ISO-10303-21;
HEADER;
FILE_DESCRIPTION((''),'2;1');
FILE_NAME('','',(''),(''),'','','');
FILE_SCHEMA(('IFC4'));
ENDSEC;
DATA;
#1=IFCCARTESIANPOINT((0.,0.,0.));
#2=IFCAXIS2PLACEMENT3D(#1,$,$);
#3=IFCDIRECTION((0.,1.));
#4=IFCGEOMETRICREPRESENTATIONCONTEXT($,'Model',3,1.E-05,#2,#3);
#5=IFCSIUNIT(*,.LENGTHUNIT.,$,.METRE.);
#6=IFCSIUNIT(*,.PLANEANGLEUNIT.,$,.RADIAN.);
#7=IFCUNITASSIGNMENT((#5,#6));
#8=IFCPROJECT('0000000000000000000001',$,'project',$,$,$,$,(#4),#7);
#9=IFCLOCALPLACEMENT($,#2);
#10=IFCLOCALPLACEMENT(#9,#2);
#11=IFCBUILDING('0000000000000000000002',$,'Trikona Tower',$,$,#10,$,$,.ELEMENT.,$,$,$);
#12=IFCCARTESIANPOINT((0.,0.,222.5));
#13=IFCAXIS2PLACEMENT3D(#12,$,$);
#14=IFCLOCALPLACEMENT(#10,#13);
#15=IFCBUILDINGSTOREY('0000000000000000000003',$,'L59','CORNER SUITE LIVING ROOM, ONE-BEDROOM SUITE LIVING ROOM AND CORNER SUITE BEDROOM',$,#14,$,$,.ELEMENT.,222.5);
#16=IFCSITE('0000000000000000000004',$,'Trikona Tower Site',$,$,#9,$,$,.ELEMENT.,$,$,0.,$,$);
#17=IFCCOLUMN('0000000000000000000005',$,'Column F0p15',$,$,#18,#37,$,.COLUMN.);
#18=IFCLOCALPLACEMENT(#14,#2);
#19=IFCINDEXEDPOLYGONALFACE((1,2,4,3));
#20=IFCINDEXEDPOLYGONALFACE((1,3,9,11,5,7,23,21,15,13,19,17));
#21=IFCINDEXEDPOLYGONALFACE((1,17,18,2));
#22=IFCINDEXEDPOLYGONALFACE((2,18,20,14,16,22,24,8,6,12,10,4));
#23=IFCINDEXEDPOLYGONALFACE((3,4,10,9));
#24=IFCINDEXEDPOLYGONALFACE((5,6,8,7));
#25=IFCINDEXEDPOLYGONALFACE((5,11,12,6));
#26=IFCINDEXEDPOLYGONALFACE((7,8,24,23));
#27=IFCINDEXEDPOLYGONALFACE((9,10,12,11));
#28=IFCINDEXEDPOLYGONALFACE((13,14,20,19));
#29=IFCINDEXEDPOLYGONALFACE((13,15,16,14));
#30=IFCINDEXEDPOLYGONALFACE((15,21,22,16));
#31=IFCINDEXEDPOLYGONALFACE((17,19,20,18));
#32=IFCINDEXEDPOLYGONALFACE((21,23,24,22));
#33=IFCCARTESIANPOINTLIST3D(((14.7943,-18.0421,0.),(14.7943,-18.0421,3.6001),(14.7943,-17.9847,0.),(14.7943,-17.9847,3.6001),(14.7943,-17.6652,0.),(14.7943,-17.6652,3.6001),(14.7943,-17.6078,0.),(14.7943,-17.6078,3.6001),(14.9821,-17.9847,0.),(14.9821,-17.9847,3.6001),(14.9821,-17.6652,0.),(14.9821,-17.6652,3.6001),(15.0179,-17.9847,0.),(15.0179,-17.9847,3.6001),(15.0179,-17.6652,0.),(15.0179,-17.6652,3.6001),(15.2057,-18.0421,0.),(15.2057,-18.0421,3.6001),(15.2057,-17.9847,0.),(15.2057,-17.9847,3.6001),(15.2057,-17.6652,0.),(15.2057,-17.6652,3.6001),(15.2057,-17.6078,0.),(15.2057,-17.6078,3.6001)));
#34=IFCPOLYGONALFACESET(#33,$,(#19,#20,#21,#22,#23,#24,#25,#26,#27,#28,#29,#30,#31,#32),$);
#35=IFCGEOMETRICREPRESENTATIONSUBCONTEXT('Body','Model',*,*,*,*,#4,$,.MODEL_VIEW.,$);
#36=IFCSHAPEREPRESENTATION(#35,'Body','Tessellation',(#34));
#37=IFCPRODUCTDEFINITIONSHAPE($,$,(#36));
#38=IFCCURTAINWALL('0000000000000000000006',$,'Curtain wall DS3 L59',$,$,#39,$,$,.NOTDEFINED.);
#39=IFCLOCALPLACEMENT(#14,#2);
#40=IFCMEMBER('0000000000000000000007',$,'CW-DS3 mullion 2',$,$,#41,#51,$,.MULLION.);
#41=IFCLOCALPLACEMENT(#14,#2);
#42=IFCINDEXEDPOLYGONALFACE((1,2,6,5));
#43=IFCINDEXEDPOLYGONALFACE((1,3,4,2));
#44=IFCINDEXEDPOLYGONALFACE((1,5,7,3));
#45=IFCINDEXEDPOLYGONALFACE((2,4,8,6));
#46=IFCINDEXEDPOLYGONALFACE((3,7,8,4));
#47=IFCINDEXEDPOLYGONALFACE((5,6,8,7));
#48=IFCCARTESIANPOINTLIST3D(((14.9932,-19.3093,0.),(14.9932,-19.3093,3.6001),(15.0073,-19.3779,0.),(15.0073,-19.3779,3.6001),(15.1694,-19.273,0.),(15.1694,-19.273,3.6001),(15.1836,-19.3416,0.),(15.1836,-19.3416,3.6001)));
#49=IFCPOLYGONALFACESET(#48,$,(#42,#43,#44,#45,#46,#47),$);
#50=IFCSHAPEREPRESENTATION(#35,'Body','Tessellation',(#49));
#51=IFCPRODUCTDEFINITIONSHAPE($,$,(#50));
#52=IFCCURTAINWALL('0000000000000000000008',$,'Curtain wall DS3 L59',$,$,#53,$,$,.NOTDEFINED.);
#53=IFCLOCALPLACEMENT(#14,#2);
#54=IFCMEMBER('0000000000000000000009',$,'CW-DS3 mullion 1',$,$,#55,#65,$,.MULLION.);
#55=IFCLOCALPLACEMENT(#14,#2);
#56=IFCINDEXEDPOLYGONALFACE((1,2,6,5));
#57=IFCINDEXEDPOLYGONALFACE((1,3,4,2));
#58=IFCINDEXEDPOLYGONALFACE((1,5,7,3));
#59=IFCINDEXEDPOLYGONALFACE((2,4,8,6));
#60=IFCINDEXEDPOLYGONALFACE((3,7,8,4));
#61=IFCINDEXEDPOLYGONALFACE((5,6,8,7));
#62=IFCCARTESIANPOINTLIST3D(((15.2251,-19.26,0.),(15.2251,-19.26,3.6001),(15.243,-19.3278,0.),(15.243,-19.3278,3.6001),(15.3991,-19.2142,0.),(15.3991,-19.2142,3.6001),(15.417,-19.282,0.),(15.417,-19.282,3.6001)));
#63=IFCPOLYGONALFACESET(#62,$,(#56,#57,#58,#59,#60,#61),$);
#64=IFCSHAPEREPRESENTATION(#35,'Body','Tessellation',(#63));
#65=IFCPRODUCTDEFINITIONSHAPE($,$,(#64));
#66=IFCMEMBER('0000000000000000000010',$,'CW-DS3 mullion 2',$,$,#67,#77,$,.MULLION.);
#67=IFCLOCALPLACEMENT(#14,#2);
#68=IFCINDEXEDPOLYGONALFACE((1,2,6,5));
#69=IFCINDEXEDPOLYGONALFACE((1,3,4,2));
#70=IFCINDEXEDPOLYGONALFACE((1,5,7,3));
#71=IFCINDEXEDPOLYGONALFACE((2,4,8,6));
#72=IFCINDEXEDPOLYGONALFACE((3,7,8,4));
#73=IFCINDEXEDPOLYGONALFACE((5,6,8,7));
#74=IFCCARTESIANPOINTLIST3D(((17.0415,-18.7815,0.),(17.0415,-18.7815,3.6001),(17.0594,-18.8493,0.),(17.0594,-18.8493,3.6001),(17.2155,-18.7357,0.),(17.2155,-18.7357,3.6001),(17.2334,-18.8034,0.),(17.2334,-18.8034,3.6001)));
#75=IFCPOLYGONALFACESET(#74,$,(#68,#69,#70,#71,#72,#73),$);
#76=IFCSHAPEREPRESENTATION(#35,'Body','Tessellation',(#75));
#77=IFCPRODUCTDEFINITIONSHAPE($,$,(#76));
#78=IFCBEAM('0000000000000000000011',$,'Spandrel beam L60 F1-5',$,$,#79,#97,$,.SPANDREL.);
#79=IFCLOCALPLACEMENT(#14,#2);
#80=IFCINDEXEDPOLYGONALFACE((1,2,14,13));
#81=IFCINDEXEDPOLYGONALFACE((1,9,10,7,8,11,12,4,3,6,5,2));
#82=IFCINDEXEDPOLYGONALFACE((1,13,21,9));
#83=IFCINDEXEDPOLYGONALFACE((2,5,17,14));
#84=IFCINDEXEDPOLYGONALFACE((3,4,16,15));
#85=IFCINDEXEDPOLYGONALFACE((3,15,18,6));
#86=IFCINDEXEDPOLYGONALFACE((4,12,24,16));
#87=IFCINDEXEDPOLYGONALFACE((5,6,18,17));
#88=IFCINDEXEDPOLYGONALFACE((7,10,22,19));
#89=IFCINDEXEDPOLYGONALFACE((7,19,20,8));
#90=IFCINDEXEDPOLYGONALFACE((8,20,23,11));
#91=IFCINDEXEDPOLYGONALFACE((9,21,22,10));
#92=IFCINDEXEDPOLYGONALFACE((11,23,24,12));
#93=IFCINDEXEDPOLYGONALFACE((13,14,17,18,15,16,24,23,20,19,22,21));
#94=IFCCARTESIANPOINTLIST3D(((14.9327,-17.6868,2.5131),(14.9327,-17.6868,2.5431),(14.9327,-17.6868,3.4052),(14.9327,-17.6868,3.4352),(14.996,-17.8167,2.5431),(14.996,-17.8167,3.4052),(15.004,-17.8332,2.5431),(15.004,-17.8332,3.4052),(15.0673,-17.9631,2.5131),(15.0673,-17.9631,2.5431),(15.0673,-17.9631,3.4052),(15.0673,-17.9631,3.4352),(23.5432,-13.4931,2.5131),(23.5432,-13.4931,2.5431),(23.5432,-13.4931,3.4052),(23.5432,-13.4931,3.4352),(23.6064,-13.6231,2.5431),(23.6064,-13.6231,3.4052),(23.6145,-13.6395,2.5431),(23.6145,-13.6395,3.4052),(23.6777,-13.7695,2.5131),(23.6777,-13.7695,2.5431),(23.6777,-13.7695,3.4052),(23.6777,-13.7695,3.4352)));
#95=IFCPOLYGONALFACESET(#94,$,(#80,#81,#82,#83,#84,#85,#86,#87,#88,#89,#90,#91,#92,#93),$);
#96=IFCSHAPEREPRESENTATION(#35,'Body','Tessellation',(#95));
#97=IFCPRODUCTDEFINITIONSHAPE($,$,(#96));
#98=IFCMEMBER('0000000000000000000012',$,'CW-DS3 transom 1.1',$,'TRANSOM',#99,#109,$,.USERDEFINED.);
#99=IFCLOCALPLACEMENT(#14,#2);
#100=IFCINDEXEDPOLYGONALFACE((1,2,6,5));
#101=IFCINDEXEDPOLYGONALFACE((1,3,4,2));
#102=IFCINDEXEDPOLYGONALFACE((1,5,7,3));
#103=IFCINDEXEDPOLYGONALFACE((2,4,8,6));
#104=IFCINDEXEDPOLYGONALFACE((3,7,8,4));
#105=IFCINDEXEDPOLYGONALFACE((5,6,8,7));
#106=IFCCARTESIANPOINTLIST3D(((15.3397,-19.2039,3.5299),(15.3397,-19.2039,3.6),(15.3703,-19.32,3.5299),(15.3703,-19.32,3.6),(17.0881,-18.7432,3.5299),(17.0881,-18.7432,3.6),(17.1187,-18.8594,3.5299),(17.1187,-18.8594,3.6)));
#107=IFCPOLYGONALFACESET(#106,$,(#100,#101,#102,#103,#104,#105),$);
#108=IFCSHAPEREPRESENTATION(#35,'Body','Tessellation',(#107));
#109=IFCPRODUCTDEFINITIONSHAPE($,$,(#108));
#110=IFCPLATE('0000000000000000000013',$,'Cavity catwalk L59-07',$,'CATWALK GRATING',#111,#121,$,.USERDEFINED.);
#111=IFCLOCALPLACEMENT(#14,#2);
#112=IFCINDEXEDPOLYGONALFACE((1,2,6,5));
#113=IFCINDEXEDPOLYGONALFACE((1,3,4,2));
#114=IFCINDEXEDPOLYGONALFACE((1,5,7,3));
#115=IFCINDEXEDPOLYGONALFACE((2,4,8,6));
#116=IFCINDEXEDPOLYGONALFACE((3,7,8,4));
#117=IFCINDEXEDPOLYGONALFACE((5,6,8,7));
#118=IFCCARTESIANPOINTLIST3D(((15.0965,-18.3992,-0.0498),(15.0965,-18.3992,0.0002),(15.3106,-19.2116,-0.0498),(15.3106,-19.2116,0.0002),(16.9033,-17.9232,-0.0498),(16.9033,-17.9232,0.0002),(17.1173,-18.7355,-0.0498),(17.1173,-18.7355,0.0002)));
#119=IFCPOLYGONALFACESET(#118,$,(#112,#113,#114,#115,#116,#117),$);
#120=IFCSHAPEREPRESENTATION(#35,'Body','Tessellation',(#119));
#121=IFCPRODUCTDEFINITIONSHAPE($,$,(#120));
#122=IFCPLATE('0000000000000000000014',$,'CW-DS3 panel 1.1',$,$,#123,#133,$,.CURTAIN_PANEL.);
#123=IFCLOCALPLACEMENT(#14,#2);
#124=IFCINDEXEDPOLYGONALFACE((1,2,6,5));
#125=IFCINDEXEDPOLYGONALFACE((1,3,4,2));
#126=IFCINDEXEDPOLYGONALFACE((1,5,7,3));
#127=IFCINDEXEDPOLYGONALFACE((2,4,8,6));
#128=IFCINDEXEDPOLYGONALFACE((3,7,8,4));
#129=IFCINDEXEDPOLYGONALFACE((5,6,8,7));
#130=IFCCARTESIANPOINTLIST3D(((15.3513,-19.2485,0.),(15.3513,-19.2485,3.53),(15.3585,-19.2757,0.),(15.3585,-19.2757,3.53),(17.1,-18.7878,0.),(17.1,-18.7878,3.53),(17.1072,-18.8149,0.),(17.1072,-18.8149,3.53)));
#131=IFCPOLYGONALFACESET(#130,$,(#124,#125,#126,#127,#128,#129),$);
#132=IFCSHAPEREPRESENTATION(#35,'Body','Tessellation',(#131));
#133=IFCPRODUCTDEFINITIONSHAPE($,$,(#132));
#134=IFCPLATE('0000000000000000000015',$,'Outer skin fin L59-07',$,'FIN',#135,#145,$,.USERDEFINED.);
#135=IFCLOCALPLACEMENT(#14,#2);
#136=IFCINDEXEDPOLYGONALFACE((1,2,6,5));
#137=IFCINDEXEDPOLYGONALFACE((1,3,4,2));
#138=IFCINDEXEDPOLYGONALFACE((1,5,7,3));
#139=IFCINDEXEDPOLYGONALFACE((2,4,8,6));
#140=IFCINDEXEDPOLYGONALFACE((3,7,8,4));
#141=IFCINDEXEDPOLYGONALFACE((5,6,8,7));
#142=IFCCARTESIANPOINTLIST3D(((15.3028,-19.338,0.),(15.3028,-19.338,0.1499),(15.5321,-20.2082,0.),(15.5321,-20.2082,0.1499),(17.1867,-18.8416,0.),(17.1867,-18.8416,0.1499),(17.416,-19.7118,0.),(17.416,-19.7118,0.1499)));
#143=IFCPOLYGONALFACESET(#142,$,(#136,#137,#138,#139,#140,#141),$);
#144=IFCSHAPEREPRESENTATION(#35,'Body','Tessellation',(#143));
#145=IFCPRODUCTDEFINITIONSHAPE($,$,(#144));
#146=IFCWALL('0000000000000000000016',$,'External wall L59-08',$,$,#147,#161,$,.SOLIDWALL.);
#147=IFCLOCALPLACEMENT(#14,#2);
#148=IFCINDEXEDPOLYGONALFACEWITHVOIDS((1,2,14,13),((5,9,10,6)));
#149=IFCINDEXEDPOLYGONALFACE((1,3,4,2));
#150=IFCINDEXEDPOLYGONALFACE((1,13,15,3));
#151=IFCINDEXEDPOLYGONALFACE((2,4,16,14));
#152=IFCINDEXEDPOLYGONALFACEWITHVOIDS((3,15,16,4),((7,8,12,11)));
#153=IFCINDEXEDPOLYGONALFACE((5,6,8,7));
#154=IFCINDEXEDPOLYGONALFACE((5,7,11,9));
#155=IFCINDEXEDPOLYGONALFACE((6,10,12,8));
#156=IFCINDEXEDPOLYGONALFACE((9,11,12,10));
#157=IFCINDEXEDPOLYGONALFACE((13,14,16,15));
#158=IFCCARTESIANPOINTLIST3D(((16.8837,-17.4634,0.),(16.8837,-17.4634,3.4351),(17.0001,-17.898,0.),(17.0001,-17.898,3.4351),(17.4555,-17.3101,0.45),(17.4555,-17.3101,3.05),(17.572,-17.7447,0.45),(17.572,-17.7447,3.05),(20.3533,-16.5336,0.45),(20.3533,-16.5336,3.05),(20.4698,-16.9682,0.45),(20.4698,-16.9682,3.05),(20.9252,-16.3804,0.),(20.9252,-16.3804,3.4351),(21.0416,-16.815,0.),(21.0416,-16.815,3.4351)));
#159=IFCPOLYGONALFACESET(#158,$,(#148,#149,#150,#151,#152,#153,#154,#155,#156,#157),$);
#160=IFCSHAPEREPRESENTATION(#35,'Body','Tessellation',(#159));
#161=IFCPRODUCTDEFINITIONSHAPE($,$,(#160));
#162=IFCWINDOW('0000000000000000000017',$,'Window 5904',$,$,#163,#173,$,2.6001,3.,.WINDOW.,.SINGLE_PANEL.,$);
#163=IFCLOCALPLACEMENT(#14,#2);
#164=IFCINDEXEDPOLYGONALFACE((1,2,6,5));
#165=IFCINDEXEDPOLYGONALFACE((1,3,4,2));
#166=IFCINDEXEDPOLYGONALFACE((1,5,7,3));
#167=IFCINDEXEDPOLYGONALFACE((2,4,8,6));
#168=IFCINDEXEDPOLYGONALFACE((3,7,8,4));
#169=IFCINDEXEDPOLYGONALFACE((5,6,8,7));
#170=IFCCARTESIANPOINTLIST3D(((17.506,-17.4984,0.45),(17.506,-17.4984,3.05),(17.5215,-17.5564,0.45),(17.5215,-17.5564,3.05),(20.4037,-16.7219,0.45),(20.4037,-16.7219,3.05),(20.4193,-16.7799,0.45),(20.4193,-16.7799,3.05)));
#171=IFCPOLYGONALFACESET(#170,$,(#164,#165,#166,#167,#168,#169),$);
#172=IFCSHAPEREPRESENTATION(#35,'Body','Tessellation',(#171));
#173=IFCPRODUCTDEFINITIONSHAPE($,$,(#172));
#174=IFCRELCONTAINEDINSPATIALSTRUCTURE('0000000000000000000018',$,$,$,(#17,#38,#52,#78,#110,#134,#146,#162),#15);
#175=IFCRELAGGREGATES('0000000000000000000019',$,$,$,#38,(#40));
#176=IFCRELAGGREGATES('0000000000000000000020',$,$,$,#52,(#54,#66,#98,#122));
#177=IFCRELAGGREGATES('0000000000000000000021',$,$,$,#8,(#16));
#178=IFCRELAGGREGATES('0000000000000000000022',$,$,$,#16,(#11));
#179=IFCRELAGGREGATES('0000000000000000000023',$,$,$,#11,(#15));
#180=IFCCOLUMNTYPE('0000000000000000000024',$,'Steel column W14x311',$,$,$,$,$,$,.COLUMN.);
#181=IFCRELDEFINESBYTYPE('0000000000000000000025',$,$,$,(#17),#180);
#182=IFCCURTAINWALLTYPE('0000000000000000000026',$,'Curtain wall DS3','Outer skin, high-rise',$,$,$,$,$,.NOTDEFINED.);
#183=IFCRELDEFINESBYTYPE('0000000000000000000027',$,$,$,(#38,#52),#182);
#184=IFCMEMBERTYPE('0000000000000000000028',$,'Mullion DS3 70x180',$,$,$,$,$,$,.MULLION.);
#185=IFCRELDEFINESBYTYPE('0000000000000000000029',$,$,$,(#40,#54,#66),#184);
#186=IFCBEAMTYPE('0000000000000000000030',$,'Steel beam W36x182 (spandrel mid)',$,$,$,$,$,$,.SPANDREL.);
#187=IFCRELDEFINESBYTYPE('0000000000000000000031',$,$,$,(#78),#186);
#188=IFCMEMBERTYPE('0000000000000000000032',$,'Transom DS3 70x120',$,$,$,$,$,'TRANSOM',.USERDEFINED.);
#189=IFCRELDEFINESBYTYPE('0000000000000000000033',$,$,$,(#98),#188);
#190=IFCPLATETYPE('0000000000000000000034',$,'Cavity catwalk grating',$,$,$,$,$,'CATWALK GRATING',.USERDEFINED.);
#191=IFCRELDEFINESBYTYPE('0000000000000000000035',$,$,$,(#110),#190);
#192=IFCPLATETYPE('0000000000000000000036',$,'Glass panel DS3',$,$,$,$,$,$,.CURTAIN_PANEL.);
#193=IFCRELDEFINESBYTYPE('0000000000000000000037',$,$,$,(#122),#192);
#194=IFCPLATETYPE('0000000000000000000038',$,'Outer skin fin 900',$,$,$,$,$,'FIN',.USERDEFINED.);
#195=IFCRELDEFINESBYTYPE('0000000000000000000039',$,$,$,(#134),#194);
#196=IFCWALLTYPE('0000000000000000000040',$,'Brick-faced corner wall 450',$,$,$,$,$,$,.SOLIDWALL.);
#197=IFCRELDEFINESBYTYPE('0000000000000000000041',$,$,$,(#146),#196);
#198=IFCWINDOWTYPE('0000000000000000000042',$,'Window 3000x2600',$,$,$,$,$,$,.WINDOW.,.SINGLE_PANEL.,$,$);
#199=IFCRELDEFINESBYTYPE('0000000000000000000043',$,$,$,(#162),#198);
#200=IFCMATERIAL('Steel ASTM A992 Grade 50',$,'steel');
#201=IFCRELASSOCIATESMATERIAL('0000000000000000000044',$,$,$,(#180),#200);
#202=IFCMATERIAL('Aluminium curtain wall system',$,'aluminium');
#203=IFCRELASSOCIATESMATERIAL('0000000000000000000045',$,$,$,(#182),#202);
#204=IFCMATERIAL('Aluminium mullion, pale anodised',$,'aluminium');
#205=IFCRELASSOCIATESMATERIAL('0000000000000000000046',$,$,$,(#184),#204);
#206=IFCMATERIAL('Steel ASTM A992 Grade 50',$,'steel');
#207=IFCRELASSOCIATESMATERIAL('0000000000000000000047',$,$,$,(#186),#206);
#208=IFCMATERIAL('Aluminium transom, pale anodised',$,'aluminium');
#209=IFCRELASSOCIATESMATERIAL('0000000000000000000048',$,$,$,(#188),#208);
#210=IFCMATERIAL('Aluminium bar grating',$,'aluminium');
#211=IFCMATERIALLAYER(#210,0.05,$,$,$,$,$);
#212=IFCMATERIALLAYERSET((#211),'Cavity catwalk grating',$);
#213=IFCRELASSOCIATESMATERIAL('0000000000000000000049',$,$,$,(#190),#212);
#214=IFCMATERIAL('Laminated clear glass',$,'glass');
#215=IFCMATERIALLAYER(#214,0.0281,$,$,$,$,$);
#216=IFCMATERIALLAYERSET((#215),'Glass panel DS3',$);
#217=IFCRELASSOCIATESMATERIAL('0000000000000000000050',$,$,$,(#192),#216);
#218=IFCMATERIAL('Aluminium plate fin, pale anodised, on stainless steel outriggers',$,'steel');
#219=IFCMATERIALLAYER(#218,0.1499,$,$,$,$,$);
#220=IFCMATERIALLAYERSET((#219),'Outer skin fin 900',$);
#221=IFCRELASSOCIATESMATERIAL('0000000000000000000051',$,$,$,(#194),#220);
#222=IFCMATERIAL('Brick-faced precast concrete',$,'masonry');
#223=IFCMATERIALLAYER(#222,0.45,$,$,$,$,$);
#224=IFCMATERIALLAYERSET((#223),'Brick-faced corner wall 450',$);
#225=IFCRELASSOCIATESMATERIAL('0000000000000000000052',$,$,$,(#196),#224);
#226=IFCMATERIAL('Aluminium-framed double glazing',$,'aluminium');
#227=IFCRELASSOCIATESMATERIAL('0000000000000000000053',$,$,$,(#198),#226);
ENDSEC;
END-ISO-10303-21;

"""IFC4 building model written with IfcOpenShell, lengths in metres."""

from ifc_helpers import new_model, si_unit, direction, frame, frame_2d, origin, origin_2d, place, context, subcontext, project, spatial, rectangle, i_section, extrude, material, layer, layer_set, material_profile, profile_set, type_object, element, fill, aggregate, save


model = new_model("IFC4")

# Units and contexts
model_context = context("Model", 3, precision=1e-05, world=origin(), true_north=direction((0.0, 1.0)))
body_context = subcontext(model_context, "Body", "Model", "MODEL_VIEW")
ifc_project = project(units=[si_unit("LENGTHUNIT", "METRE"), si_unit("PLANEANGLEUNIT", "RADIAN")], contexts=[model_context])

# Site, building, storey
site_placement = place(None, origin())
site = spatial("IfcSite", under=ifc_project, at=site_placement, Name="Trikona Tower Site", CompositionType="ELEMENT", RefElevation=0.0)
building_placement = place(site_placement, origin())
building = spatial("IfcBuilding", under=site, at=building_placement, Name="Trikona Tower", CompositionType="ELEMENT")
storey_placement = place(building_placement, frame((0.0, 0.0, 222.5)))
storey = spatial("IfcBuildingStorey", under=building, at=storey_placement, Name="L59", Description="CORNER SUITE LIVING ROOM, ONE-BEDROOM SUITE LIVING ROOM AND CORNER SUITE BEDROOM", CompositionType="ELEMENT", Elevation=222.5)

# Column
ifc_material_1 = material(Name="Steel ASTM A992 Grade 50", Category="steel")
ifc_material_profile_1 = material_profile(ifc_material_1, i_section(OverallWidth=0.4114, OverallDepth=0.4343, WebThickness=0.0359, FlangeThickness=0.0574, at=origin_2d()), Name="W14X311")
ifc_profile_set_1 = profile_set([ifc_material_profile_1], Name="Steel ASTM A992 Grade 50")
column_type = type_object("IfcColumnType", Name="Steel column W14x311", PredefinedType="COLUMN", material=ifc_profile_set_1)
column_placement = place(storey_placement, frame((15.0, -17.825, 0.0), z_axis=(0.0, 0.0, 1.0), x_axis=(1.0, 0.0, 0.0)))
element("IfcColumn", 1, at=column_placement, inside=storey, type_object=column_type, Name="Column F0p15", PredefinedType="COLUMN", context=body_context, shape_type="SweptSolid", body=[
    extrude(i_section(OverallWidth=0.4114, OverallDepth=0.4343, WebThickness=0.0359, FlangeThickness=0.0574, at=origin_2d()), origin(), (0.0, 0.0, 1.0), 3.6001),
])

# Curtain wall, member
ifc_material_2 = material(Name="Aluminium curtain wall system", Category="aluminium")
curtain_wall_type = type_object("IfcCurtainWallType", Name="Curtain wall DS3", Description="Outer skin, high-rise", PredefinedType="NOTDEFINED", material=ifc_material_2)
curtain_wall_1_placement = place(storey_placement, origin())
curtain_wall_1 = element("IfcCurtainWall", 2, at=curtain_wall_1_placement, inside=storey, type_object=curtain_wall_type, Name="Curtain wall DS3 L59", PredefinedType="NOTDEFINED")
ifc_material_3 = material(Name="Aluminium mullion, pale anodised", Category="aluminium")
ifc_material_profile_2 = material_profile(ifc_material_3, rectangle(XDim=0.0701, YDim=0.1799, at=origin_2d()), Name="MUL-DS3")
ifc_profile_set_2 = profile_set([ifc_material_profile_2], Name="Aluminium mullion, pale anodised")
member_type_1 = type_object("IfcMemberType", Name="Mullion DS3 70x180", PredefinedType="MULLION", material=ifc_profile_set_2)
member_1_placement = place(storey_placement, frame((15.0884, -19.3254, 0.0), z_axis=(0.0, 0.0, 1.0), x_axis=(-0.201653, 0.979457, 0.0)))
member_1 = element("IfcMember", 3, at=member_1_placement, type_object=member_type_1, Name="CW-DS3 mullion 2", PredefinedType="MULLION", context=body_context, shape_type="SweptSolid", body=[
    extrude(rectangle(XDim=0.0701, YDim=0.1799, at=origin_2d()), origin(), (0.0, 0.0, 1.0), 3.6001),
])
aggregate(curtain_wall_1, [member_1])

# Curtain wall, members
curtain_wall_2_placement = place(storey_placement, origin())
curtain_wall_2 = element("IfcCurtainWall", 4, at=curtain_wall_2_placement, inside=storey, type_object=curtain_wall_type, Name="Curtain wall DS3 L59", PredefinedType="NOTDEFINED")
member_2_placement = place(storey_placement, frame((15.321, -19.271, 0.0), z_axis=(0.0, 0.0, 1.0), x_axis=(-0.254786, 0.966997, 0.0)))
member_2 = element("IfcMember", 5, at=member_2_placement, type_object=member_type_1, Name="CW-DS3 mullion 1", PredefinedType="MULLION", context=body_context, shape_type="SweptSolid", body=[
    extrude(rectangle(XDim=0.0701, YDim=0.1799, at=origin_2d()), origin(), (0.0, 0.0, 1.0), 3.6001),
])
member_3_placement = place(storey_placement, frame((17.1375, -18.7925, 0.0), z_axis=(0.0, 0.0, 1.0), x_axis=(-0.254786, 0.966997, 0.0)))
member_3 = element("IfcMember", 6, at=member_3_placement, type_object=member_type_1, Name="CW-DS3 mullion 2", PredefinedType="MULLION", context=body_context, shape_type="SweptSolid", body=[
    extrude(rectangle(XDim=0.0701, YDim=0.1799, at=origin_2d()), origin(), (0.0, 0.0, 1.0), 3.6001),
])

# Beam
ifc_material_4 = material(Name="Steel ASTM A992 Grade 50", Category="steel")
ifc_material_profile_3 = material_profile(ifc_material_4, i_section(OverallWidth=0.3074, OverallDepth=0.9221, WebThickness=0.0183, FlangeThickness=0.03, at=origin_2d()), Name="W36X182")
ifc_profile_set_3 = profile_set([ifc_material_profile_3], Name="Steel ASTM A992 Grade 50")
beam_type = type_object("IfcBeamType", Name="Steel beam W36x182 (spandrel mid)", PredefinedType="SPANDREL", material=ifc_profile_set_3)
beam_placement = place(storey_placement, frame((15.0, -17.825, 2.9741), z_axis=(0.899039, 0.43787, 0.0), x_axis=(-0.43787, 0.899039, 0.0)))
element("IfcBeam", 7, at=beam_placement, inside=storey, type_object=beam_type, Name="Spandrel beam L60 F1-5", PredefinedType="SPANDREL", context=body_context, shape_type="SweptSolid", body=[
    extrude(i_section(OverallWidth=0.3074, OverallDepth=0.9221, WebThickness=0.0183, FlangeThickness=0.03, at=origin_2d()), origin(), (0.0, 0.0, 1.0), 9.5774),
])

# Member
ifc_material_5 = material(Name="Aluminium transom, pale anodised", Category="aluminium")
ifc_material_profile_4 = material_profile(ifc_material_5, rectangle(XDim=0.1201, YDim=0.0701, at=origin_2d()), Name="TRN-DS3")
ifc_profile_set_4 = profile_set([ifc_material_profile_4], Name="Aluminium transom, pale anodised")
member_type_2 = type_object("IfcMemberType", Name="Transom DS3 70x120", ElementType="TRANSOM", PredefinedType="USERDEFINED", material=ifc_profile_set_4)
member_4_placement = place(storey_placement, frame((15.355, -19.262, 3.5649), z_axis=(0.966999, 0.254779, 0.0), x_axis=(-0.254779, 0.966999, 0.0)))
member_4 = element("IfcMember", 8, at=member_4_placement, type_object=member_type_2, Name="CW-DS3 transom 1.1", ObjectType="TRANSOM", PredefinedType="USERDEFINED", context=body_context, shape_type="SweptSolid", body=[
    extrude(rectangle(XDim=0.1201, YDim=0.0701, at=origin_2d()), origin(), (0.0, 0.0, 1.0), 1.8081),
])

# Plates
ifc_material_6 = material(Name="Aluminium bar grating", Category="aluminium")
ifc_layer_1 = layer(ifc_material_6, 0.05)
ifc_layer_set_1 = layer_set([ifc_layer_1], Name="Cavity catwalk grating")
plate_type_1 = type_object("IfcPlateType", Name="Cavity catwalk grating", ElementType="CATWALK GRATING", PredefinedType="USERDEFINED", material=ifc_layer_set_1)
plate_1_placement = place(storey_placement, frame((16.1069, -18.5674, -0.0498), z_axis=(0.0, 0.0, 1.0), x_axis=(0.966993, 0.254803, 0.0)))
element("IfcPlate", 9, at=plate_1_placement, inside=storey, type_object=plate_type_1, Name="Cavity catwalk L59-07", ObjectType="CATWALK GRATING", PredefinedType="USERDEFINED", context=body_context, shape_type="SweptSolid", body=[
    extrude(rectangle(XDim=1.8684, YDim=0.8401, at=origin_2d()), origin(), (0.0, 0.0, 1.0), 0.05),
])
ifc_material_7 = material(Name="Laminated clear glass", Category="glass")
ifc_layer_2 = layer(ifc_material_7, 0.0281)
ifc_layer_set_2 = layer_set([ifc_layer_2], Name="Glass panel DS3")
plate_type_2 = type_object("IfcPlateType", Name="Glass panel DS3", PredefinedType="CURTAIN_PANEL", material=ifc_layer_set_2)
plate_2_placement = place(storey_placement, frame((16.2292, -19.0317, 0.0), z_axis=(0.0, 0.0, 1.0), x_axis=(0.966997, 0.254786, 0.0)))
plate_2 = element("IfcPlate", 10, at=plate_2_placement, type_object=plate_type_2, Name="CW-DS3 panel 1.1", PredefinedType="CURTAIN_PANEL", context=body_context, shape_type="SweptSolid", body=[
    extrude(rectangle(XDim=1.8083, YDim=0.0281, at=origin_2d()), origin(), (0.0, 0.0, 1.0), 3.53),
])
aggregate(curtain_wall_2, [member_2, member_3, member_4, plate_2])
ifc_material_8 = material(Name="Aluminium plate fin, pale anodised, on stainless steel outriggers", Category="steel")
ifc_layer_3 = layer(ifc_material_8, 0.1499)
ifc_layer_set_3 = layer_set([ifc_layer_3], Name="Outer skin fin 900")
plate_type_3 = type_object("IfcPlateType", Name="Outer skin fin 900", ElementType="FIN", PredefinedType="USERDEFINED", material=ifc_layer_set_3)
plate_3_placement = place(storey_placement, frame((16.3594, -19.5249, 0.0), z_axis=(0.0, 0.0, 1.0), x_axis=(0.966993, 0.254803, 0.0)))
element("IfcPlate", 11, at=plate_3_placement, inside=storey, type_object=plate_type_3, Name="Outer skin fin L59-07", ObjectType="FIN", PredefinedType="USERDEFINED", context=body_context, shape_type="SweptSolid", body=[
    extrude(rectangle(XDim=1.9482, YDim=0.8999, at=origin_2d()), origin(), (0.0, 0.0, 1.0), 0.1499),
])

# Wall, opening, window
ifc_material_9 = material(Name="Brick-faced precast concrete", Category="masonry")
ifc_layer_4 = layer(ifc_material_9, 0.45)
ifc_layer_set_4 = layer_set([ifc_layer_4], Name="Brick-faced corner wall 450")
wall_type_1 = type_object("IfcWallType", Name="Brick-faced corner wall 450", PredefinedType="SOLIDWALL", material=ifc_layer_set_4)
wall_1_placement = place(storey_placement, frame((16.9419, -17.6807, 0.0), z_axis=(0.0, 0.0, 1.0), x_axis=(0.96592, 0.258839, 0.0)))
wall_1 = element("IfcWall", 12, at=wall_1_placement, inside=storey, type_object=wall_type_1, Name="External wall L59-08", PredefinedType="SOLIDWALL", context=body_context, shape_type="SweptSolid", body=[
    extrude(rectangle(XDim=4.1841, YDim=0.45, at=frame_2d((2.092, 0.0))), origin(), (0.0, 0.0, 1.0), 3.4351),
])
opening_placement = place(wall_1_placement, frame((0.592, 0.0, 0.45)))
opening = element("IfcOpeningElement", 13, at=opening_placement, cuts=wall_1, PredefinedType="OPENING", context=body_context, shape_type="SweptSolid", body=[
    extrude(rectangle(XDim=3.0, YDim=2.6001, at=frame_2d((1.5, 1.3))), frame((0.0, 0.2349, 0.0), z_axis=(0.0, -1.0, 0.0), x_axis=(1.0, 0.0, 0.0)), (0.0, 0.0, 1.0), 0.47),
])
ifc_material_10 = material(Name="Aluminium-framed double glazing", Category="aluminium")
window_type = type_object("IfcWindowType", Name="Window 3000x2600", PartitioningType="SINGLE_PANEL", PredefinedType="WINDOW", material=ifc_material_10)
window_placement = place(opening_placement, origin())
window = element("IfcWindow", 14, at=window_placement, inside=storey, type_object=window_type, Name="Window 5904", OverallHeight=2.6001, OverallWidth=3.0, PartitioningType="SINGLE_PANEL", PredefinedType="WINDOW", context=body_context, shape_type="SweptSolid", body=[
    extrude(rectangle(XDim=3.0, YDim=2.6001, at=frame_2d((1.5, 1.3))), frame((0.0, 0.03, 0.0), z_axis=(0.0, -1.0, 0.0), x_axis=(1.0, 0.0, 0.0)), (0.0, 0.0, 1.0), 0.0601),
])
fill(opening, window)

save(model, "model.ifc")
